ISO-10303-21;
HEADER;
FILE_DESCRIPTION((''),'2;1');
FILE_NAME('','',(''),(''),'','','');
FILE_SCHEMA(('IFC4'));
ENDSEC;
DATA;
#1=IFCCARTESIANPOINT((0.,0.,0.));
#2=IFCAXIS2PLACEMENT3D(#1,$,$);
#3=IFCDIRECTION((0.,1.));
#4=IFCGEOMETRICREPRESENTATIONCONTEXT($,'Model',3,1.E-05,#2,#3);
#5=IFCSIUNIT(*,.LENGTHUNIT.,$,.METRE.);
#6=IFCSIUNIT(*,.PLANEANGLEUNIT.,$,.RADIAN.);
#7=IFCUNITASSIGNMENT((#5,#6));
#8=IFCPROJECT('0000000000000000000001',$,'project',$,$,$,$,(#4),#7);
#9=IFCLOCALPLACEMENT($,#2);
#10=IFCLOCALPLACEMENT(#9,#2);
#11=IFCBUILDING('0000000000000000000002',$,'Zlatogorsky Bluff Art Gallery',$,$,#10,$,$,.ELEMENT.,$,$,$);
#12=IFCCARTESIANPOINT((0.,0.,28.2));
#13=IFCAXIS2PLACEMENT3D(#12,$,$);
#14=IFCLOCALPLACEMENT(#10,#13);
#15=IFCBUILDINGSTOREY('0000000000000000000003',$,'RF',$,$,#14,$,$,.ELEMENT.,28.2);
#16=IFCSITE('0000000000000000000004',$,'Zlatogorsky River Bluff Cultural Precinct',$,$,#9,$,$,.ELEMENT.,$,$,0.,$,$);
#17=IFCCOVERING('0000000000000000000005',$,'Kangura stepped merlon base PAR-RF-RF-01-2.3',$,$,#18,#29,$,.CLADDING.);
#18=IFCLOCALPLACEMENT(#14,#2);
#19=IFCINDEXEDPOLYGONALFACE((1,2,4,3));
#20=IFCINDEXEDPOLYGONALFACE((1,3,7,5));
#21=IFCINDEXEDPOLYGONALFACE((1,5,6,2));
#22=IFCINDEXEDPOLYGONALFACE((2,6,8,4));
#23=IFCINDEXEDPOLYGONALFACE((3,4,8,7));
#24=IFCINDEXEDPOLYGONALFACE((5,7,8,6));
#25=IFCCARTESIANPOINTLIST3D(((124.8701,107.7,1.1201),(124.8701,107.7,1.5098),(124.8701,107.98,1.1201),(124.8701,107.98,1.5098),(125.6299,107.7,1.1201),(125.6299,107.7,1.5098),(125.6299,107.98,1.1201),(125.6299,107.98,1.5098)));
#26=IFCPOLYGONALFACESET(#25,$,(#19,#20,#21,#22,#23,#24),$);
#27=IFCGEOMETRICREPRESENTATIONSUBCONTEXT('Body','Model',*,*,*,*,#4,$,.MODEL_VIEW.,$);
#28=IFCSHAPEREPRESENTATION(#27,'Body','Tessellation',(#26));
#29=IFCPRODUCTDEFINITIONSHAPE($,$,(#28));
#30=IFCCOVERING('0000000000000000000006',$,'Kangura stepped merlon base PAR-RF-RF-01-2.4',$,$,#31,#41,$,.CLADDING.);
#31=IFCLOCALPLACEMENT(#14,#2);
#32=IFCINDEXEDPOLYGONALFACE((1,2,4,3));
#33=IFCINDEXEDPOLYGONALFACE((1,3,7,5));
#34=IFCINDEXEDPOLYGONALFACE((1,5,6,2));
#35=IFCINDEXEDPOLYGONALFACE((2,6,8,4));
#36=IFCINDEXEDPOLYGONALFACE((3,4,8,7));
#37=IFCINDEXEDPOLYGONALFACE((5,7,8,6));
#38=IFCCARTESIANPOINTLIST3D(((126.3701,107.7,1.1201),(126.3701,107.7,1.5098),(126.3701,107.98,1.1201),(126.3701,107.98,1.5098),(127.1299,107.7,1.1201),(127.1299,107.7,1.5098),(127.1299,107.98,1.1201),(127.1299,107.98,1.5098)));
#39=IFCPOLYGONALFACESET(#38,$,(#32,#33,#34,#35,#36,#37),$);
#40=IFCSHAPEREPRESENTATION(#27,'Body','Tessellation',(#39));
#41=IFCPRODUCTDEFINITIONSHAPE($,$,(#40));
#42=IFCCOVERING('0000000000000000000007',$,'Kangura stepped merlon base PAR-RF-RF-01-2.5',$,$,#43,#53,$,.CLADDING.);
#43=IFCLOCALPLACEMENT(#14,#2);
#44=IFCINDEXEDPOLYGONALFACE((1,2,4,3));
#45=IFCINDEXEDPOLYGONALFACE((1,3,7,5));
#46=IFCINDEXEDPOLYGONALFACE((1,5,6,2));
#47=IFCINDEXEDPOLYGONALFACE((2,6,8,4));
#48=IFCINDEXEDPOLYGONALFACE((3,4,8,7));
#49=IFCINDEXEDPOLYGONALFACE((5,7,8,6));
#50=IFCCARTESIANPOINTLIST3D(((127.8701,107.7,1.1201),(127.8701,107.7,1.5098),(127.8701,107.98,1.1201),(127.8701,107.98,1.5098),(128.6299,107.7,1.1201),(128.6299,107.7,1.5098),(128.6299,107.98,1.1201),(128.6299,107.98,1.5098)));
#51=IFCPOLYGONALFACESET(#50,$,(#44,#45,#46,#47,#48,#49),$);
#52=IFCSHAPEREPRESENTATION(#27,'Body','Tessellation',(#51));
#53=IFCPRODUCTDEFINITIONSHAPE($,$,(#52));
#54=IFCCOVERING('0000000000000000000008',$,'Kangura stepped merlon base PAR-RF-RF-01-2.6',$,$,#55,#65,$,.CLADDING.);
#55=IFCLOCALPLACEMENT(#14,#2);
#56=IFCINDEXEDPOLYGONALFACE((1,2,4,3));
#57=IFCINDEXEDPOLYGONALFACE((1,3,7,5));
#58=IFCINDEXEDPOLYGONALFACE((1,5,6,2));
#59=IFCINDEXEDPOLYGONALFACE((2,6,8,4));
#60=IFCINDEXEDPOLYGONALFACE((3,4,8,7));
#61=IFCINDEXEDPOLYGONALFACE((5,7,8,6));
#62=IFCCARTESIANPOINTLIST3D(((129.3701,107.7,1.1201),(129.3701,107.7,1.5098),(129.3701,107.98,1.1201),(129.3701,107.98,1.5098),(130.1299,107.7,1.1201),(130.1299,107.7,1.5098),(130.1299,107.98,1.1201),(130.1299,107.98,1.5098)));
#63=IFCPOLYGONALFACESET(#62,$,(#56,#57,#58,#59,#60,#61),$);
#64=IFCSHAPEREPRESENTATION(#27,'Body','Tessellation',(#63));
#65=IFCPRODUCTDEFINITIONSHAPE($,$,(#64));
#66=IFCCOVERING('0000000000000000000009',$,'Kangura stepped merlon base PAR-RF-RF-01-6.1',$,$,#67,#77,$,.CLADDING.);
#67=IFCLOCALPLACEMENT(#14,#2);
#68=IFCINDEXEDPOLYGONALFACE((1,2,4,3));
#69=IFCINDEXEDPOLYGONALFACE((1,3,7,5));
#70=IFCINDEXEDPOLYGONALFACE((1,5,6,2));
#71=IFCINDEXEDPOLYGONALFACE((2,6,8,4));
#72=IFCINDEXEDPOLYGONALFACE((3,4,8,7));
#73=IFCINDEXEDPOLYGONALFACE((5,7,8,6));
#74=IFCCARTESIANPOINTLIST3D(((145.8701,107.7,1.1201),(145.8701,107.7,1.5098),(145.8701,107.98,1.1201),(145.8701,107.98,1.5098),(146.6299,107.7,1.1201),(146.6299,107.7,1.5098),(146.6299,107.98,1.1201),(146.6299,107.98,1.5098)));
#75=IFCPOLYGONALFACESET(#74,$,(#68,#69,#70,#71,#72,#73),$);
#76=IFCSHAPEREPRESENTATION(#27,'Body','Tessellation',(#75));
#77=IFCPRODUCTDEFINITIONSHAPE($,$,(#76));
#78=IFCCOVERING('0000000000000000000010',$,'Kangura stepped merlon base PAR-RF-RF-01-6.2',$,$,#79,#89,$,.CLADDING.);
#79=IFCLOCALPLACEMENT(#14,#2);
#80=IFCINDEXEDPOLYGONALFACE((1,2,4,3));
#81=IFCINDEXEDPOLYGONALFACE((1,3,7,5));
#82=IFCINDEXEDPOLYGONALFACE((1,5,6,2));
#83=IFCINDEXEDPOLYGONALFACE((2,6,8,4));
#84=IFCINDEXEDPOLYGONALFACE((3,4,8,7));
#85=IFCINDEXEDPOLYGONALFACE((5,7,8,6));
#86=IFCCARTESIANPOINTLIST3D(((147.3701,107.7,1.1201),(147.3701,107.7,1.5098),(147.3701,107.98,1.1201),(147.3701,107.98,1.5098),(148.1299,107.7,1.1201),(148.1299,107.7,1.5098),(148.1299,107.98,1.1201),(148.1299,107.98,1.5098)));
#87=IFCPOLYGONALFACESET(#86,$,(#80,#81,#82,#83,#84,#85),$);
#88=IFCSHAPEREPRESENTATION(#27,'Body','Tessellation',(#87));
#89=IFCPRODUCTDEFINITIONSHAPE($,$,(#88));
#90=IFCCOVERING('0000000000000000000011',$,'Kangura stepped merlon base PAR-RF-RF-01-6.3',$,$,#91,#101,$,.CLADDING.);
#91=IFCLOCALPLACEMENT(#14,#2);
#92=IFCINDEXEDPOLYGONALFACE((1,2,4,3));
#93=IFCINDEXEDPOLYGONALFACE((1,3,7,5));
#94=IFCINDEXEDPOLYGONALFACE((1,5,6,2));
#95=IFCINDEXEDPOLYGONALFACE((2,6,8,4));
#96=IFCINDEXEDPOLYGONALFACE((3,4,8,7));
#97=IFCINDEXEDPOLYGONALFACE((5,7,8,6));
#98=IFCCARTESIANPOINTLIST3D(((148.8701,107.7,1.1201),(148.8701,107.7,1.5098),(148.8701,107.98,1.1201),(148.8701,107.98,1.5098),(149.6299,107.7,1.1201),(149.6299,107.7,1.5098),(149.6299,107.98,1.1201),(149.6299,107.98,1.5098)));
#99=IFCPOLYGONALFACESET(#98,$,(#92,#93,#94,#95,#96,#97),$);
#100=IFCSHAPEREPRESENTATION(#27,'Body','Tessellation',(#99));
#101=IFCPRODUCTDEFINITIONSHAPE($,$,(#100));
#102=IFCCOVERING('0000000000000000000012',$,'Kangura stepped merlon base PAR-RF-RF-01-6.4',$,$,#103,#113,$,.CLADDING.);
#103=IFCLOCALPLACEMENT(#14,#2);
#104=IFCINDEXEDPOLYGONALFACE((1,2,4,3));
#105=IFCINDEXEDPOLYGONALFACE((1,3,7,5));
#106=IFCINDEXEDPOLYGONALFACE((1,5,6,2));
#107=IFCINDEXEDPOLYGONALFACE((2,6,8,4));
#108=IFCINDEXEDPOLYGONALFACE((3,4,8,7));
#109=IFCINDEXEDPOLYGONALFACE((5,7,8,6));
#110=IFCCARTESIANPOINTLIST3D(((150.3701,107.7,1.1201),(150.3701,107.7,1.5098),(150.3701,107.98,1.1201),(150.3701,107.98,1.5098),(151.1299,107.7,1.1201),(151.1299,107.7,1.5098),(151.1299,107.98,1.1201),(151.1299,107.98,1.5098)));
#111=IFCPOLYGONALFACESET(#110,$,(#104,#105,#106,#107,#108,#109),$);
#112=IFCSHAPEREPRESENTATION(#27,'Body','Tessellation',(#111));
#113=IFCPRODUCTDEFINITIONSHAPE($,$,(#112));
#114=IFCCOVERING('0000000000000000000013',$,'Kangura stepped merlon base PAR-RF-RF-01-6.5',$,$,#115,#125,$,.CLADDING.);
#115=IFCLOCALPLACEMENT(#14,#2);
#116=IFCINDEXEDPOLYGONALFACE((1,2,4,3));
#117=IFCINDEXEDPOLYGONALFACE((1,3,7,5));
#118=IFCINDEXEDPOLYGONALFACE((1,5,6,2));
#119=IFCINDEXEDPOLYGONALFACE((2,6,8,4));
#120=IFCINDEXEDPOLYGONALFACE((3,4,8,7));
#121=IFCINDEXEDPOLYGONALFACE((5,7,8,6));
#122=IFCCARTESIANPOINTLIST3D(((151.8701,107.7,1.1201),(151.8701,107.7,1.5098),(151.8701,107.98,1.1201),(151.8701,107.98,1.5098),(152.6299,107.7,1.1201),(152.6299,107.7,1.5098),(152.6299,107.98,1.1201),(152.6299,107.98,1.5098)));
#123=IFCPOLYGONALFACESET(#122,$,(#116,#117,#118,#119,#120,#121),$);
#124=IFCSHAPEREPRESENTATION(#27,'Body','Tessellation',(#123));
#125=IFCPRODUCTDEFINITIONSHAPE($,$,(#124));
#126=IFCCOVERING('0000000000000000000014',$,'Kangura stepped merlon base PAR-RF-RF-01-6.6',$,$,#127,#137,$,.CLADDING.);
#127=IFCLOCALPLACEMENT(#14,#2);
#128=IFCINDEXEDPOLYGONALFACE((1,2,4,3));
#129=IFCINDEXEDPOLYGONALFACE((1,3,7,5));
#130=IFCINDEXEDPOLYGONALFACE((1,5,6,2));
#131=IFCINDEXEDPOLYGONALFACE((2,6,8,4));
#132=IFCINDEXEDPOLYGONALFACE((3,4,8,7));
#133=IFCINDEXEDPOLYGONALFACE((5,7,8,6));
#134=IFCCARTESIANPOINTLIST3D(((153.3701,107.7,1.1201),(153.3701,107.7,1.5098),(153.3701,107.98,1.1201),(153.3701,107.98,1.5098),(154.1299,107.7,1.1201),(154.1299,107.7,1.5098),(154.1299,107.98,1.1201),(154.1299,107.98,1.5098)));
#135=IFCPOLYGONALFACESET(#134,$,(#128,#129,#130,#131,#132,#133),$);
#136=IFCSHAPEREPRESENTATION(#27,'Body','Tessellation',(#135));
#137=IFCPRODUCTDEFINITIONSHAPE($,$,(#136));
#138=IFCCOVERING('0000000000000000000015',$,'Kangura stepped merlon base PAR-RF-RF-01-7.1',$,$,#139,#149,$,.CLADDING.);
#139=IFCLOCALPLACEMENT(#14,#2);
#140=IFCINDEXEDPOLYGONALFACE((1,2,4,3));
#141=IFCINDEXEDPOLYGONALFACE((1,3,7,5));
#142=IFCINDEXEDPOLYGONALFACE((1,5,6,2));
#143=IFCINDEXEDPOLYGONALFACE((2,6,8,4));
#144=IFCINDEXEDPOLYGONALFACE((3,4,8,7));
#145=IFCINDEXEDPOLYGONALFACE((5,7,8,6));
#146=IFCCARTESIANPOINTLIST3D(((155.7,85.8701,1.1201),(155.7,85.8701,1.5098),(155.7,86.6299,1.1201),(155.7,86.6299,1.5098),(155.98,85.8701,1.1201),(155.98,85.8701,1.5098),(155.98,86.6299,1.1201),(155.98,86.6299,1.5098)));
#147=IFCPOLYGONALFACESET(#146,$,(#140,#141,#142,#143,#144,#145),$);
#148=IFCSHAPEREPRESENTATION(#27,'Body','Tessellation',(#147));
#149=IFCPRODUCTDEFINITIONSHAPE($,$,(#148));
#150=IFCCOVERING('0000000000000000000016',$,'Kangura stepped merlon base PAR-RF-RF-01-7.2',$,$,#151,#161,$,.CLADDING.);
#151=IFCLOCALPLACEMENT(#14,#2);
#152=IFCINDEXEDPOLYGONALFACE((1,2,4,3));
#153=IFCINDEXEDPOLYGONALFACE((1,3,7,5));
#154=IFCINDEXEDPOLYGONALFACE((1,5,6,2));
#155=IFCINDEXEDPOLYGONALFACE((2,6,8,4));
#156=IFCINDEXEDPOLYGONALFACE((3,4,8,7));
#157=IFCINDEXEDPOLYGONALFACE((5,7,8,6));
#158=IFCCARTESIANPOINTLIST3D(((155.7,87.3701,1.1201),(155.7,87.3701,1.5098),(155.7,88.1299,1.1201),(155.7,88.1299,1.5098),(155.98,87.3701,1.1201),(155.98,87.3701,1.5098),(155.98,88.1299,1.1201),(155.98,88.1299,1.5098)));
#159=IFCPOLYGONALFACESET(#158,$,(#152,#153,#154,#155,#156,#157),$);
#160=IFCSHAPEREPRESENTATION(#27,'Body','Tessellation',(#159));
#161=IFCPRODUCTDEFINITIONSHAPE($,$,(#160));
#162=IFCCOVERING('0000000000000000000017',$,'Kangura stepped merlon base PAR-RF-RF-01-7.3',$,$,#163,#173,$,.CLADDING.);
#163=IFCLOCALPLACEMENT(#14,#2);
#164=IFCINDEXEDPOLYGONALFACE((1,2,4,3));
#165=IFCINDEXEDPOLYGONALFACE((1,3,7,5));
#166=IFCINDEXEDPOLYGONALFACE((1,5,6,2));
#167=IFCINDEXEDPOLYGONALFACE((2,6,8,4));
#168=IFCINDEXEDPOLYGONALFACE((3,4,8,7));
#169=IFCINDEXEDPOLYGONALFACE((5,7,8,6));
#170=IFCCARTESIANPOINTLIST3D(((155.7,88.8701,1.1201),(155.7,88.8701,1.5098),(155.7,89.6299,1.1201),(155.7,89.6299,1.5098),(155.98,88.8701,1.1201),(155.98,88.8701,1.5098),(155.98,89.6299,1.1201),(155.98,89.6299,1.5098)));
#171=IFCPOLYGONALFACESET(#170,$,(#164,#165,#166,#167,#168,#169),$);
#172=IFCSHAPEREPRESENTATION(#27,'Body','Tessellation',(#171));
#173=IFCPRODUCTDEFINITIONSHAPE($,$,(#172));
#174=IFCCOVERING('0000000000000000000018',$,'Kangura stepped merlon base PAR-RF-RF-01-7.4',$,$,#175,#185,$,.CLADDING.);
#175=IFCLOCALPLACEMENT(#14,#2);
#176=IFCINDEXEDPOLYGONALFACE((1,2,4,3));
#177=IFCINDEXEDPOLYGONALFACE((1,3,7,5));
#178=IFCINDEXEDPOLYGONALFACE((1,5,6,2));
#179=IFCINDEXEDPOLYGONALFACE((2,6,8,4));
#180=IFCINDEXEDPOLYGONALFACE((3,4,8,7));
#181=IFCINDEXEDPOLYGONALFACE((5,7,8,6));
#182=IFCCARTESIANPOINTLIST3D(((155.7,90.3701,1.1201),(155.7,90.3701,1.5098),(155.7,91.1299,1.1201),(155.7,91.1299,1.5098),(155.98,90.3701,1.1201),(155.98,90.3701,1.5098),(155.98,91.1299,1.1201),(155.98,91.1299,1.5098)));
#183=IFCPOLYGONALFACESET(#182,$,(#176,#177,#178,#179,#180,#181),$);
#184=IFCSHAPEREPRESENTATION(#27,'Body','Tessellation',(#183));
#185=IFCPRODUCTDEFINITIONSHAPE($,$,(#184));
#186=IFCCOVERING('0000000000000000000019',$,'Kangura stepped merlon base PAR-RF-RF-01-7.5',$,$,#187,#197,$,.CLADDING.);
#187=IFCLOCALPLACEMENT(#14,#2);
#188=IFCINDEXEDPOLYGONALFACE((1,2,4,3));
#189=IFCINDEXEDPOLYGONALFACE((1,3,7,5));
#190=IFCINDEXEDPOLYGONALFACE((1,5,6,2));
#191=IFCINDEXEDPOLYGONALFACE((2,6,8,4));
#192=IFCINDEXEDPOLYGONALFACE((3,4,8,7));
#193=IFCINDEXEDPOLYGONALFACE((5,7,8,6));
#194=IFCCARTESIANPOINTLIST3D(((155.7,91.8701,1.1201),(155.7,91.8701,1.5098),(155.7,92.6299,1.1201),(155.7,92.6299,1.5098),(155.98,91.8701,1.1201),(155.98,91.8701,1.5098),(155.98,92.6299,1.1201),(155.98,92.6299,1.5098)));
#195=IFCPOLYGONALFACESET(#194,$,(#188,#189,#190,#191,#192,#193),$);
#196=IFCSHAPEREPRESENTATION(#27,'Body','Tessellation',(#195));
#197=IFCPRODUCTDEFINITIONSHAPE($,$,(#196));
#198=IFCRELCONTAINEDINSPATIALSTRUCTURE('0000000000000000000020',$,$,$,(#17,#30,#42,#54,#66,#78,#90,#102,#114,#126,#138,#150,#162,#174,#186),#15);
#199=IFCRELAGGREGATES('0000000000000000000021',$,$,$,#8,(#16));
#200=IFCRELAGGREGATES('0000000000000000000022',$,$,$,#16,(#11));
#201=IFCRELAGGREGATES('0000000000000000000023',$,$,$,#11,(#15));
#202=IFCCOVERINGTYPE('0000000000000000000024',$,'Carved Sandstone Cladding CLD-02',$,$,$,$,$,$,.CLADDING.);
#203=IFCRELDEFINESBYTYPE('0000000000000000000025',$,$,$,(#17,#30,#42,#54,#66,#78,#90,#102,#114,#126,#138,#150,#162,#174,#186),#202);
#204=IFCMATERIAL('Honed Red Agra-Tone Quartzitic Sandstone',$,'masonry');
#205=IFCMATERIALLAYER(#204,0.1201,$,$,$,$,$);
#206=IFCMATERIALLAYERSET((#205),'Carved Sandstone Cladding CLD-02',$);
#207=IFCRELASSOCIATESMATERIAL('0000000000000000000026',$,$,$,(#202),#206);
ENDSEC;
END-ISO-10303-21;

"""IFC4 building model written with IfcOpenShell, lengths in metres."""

from ifc_helpers import new_model, si_unit, direction, frame, origin, place, context, subcontext, project, spatial, polyline, outline, extrude, material, layer, layer_set, type_object, element, save


model = new_model("IFC4")

# Units and contexts
model_context = context("Model", 3, precision=1e-05, world=origin(), true_north=direction((0.0, 1.0)))
body_context = subcontext(model_context, "Body", "Model", "MODEL_VIEW")
ifc_project = project(units=[si_unit("LENGTHUNIT", "METRE"), si_unit("PLANEANGLEUNIT", "RADIAN")], contexts=[model_context])

# Site, building, storey
site_placement = place(None, origin())
site = spatial("IfcSite", under=ifc_project, at=site_placement, Name="Zlatogorsky River Bluff Cultural Precinct", CompositionType="ELEMENT", RefElevation=0.0)
building_placement = place(site_placement, origin())
building = spatial("IfcBuilding", under=site, at=building_placement, Name="Zlatogorsky Bluff Art Gallery", CompositionType="ELEMENT")
storey_placement = place(building_placement, frame((0.0, 0.0, 28.2)))
storey = spatial("IfcBuildingStorey", under=building, at=storey_placement, Name="RF", CompositionType="ELEMENT", Elevation=28.2)

# Coverings
ifc_material = material(Name="Honed Red Agra-Tone Quartzitic Sandstone", Category="masonry")
ifc_layer = layer(ifc_material, 0.1201)
ifc_layer_set = layer_set([ifc_layer], Name="Carved Sandstone Cladding CLD-02")
covering_type = type_object("IfcCoveringType", Name="Carved Sandstone Cladding CLD-02", PredefinedType="CLADDING", material=ifc_layer_set)
covering_1_placement = place(storey_placement, frame((0.0, 0.0, 1.1201)))
element("IfcCovering", 1, at=covering_1_placement, inside=storey, type_object=covering_type, Name="Kangura stepped merlon base PAR-RF-RF-01-2.3", PredefinedType="CLADDING", context=body_context, shape_type="SweptSolid", body=[
    extrude(outline(polyline([(124.8701, 107.7), (125.6299, 107.7), (125.6299, 107.98), (124.8701, 107.98), (124.8701, 107.7)])), origin(), (0.0, 0.0, 1.0), 0.3896),
])
covering_2_placement = place(storey_placement, frame((0.0, 0.0, 1.1201)))
element("IfcCovering", 2, at=covering_2_placement, inside=storey, type_object=covering_type, Name="Kangura stepped merlon base PAR-RF-RF-01-2.4", PredefinedType="CLADDING", context=body_context, shape_type="SweptSolid", body=[
    extrude(outline(polyline([(126.3701, 107.7), (127.1299, 107.7), (127.1299, 107.98), (126.3701, 107.98), (126.3701, 107.7)])), origin(), (0.0, 0.0, 1.0), 0.3896),
])
covering_3_placement = place(storey_placement, frame((0.0, 0.0, 1.1201)))
element("IfcCovering", 3, at=covering_3_placement, inside=storey, type_object=covering_type, Name="Kangura stepped merlon base PAR-RF-RF-01-2.5", PredefinedType="CLADDING", context=body_context, shape_type="SweptSolid", body=[
    extrude(outline(polyline([(127.8701, 107.7), (128.6299, 107.7), (128.6299, 107.98), (127.8701, 107.98), (127.8701, 107.7)])), origin(), (0.0, 0.0, 1.0), 0.3896),
])
covering_4_placement = place(storey_placement, frame((0.0, 0.0, 1.1201)))
element("IfcCovering", 4, at=covering_4_placement, inside=storey, type_object=covering_type, Name="Kangura stepped merlon base PAR-RF-RF-01-2.6", PredefinedType="CLADDING", context=body_context, shape_type="SweptSolid", body=[
    extrude(outline(polyline([(129.3701, 107.7), (130.1299, 107.7), (130.1299, 107.98), (129.3701, 107.98), (129.3701, 107.7)])), origin(), (0.0, 0.0, 1.0), 0.3896),
])
covering_5_placement = place(storey_placement, frame((0.0, 0.0, 1.1201)))
element("IfcCovering", 5, at=covering_5_placement, inside=storey, type_object=covering_type, Name="Kangura stepped merlon base PAR-RF-RF-01-6.1", PredefinedType="CLADDING", context=body_context, shape_type="SweptSolid", body=[
    extrude(outline(polyline([(145.8701, 107.7), (146.6299, 107.7), (146.6299, 107.98), (145.8701, 107.98), (145.8701, 107.7)])), origin(), (0.0, 0.0, 1.0), 0.3896),
])
covering_6_placement = place(storey_placement, frame((0.0, 0.0, 1.1201)))
element("IfcCovering", 6, at=covering_6_placement, inside=storey, type_object=covering_type, Name="Kangura stepped merlon base PAR-RF-RF-01-6.2", PredefinedType="CLADDING", context=body_context, shape_type="SweptSolid", body=[
    extrude(outline(polyline([(147.3701, 107.7), (148.1299, 107.7), (148.1299, 107.98), (147.3701, 107.98), (147.3701, 107.7)])), origin(), (0.0, 0.0, 1.0), 0.3896),
])
covering_7_placement = place(storey_placement, frame((0.0, 0.0, 1.1201)))
element("IfcCovering", 7, at=covering_7_placement, inside=storey, type_object=covering_type, Name="Kangura stepped merlon base PAR-RF-RF-01-6.3", PredefinedType="CLADDING", context=body_context, shape_type="SweptSolid", body=[
    extrude(outline(polyline([(148.8701, 107.7), (149.6299, 107.7), (149.6299, 107.98), (148.8701, 107.98), (148.8701, 107.7)])), origin(), (0.0, 0.0, 1.0), 0.3896),
])
covering_8_placement = place(storey_placement, frame((0.0, 0.0, 1.1201)))
element("IfcCovering", 8, at=covering_8_placement, inside=storey, type_object=covering_type, Name="Kangura stepped merlon base PAR-RF-RF-01-6.4", PredefinedType="CLADDING", context=body_context, shape_type="SweptSolid", body=[
    extrude(outline(polyline([(150.3701, 107.7), (151.1299, 107.7), (151.1299, 107.98), (150.3701, 107.98), (150.3701, 107.7)])), origin(), (0.0, 0.0, 1.0), 0.3896),
])
covering_9_placement = place(storey_placement, frame((0.0, 0.0, 1.1201)))
element("IfcCovering", 9, at=covering_9_placement, inside=storey, type_object=covering_type, Name="Kangura stepped merlon base PAR-RF-RF-01-6.5", PredefinedType="CLADDING", context=body_context, shape_type="SweptSolid", body=[
    extrude(outline(polyline([(151.8701, 107.7), (152.6299, 107.7), (152.6299, 107.98), (151.8701, 107.98), (151.8701, 107.7)])), origin(), (0.0, 0.0, 1.0), 0.3896),
])
covering_10_placement = place(storey_placement, frame((0.0, 0.0, 1.1201)))
element("IfcCovering", 10, at=covering_10_placement, inside=storey, type_object=covering_type, Name="Kangura stepped merlon base PAR-RF-RF-01-6.6", PredefinedType="CLADDING", context=body_context, shape_type="SweptSolid", body=[
    extrude(outline(polyline([(153.3701, 107.7), (154.1299, 107.7), (154.1299, 107.98), (153.3701, 107.98), (153.3701, 107.7)])), origin(), (0.0, 0.0, 1.0), 0.3896),
])
covering_11_placement = place(storey_placement, frame((0.0, 0.0, 1.1201)))
element("IfcCovering", 11, at=covering_11_placement, inside=storey, type_object=covering_type, Name="Kangura stepped merlon base PAR-RF-RF-01-7.1", PredefinedType="CLADDING", context=body_context, shape_type="SweptSolid", body=[
    extrude(outline(polyline([(155.7, 85.8701), (155.7, 86.6299), (155.98, 86.6299), (155.98, 85.8701), (155.7, 85.8701)])), origin(), (0.0, 0.0, 1.0), 0.3896),
])
covering_12_placement = place(storey_placement, frame((0.0, 0.0, 1.1201)))
element("IfcCovering", 12, at=covering_12_placement, inside=storey, type_object=covering_type, Name="Kangura stepped merlon base PAR-RF-RF-01-7.2", PredefinedType="CLADDING", context=body_context, shape_type="SweptSolid", body=[
    extrude(outline(polyline([(155.7, 87.3701), (155.7, 88.1299), (155.98, 88.1299), (155.98, 87.3701), (155.7, 87.3701)])), origin(), (0.0, 0.0, 1.0), 0.3896),
])
covering_13_placement = place(storey_placement, frame((0.0, 0.0, 1.1201)))
element("IfcCovering", 13, at=covering_13_placement, inside=storey, type_object=covering_type, Name="Kangura stepped merlon base PAR-RF-RF-01-7.3", PredefinedType="CLADDING", context=body_context, shape_type="SweptSolid", body=[
    extrude(outline(polyline([(155.7, 88.8701), (155.7, 89.6299), (155.98, 89.6299), (155.98, 88.8701), (155.7, 88.8701)])), origin(), (0.0, 0.0, 1.0), 0.3896),
])
covering_14_placement = place(storey_placement, frame((0.0, 0.0, 1.1201)))
element("IfcCovering", 14, at=covering_14_placement, inside=storey, type_object=covering_type, Name="Kangura stepped merlon base PAR-RF-RF-01-7.4", PredefinedType="CLADDING", context=body_context, shape_type="SweptSolid", body=[
    extrude(outline(polyline([(155.7, 90.3701), (155.7, 91.1299), (155.98, 91.1299), (155.98, 90.3701), (155.7, 90.3701)])), origin(), (0.0, 0.0, 1.0), 0.3896),
])
covering_15_placement = place(storey_placement, frame((0.0, 0.0, 1.1201)))
element("IfcCovering", 15, at=covering_15_placement, inside=storey, type_object=covering_type, Name="Kangura stepped merlon base PAR-RF-RF-01-7.5", PredefinedType="CLADDING", context=body_context, shape_type="SweptSolid", body=[
    extrude(outline(polyline([(155.7, 91.8701), (155.7, 92.6299), (155.98, 92.6299), (155.98, 91.8701), (155.7, 91.8701)])), origin(), (0.0, 0.0, 1.0), 0.3896),
])

save(model, "model.ifc")
